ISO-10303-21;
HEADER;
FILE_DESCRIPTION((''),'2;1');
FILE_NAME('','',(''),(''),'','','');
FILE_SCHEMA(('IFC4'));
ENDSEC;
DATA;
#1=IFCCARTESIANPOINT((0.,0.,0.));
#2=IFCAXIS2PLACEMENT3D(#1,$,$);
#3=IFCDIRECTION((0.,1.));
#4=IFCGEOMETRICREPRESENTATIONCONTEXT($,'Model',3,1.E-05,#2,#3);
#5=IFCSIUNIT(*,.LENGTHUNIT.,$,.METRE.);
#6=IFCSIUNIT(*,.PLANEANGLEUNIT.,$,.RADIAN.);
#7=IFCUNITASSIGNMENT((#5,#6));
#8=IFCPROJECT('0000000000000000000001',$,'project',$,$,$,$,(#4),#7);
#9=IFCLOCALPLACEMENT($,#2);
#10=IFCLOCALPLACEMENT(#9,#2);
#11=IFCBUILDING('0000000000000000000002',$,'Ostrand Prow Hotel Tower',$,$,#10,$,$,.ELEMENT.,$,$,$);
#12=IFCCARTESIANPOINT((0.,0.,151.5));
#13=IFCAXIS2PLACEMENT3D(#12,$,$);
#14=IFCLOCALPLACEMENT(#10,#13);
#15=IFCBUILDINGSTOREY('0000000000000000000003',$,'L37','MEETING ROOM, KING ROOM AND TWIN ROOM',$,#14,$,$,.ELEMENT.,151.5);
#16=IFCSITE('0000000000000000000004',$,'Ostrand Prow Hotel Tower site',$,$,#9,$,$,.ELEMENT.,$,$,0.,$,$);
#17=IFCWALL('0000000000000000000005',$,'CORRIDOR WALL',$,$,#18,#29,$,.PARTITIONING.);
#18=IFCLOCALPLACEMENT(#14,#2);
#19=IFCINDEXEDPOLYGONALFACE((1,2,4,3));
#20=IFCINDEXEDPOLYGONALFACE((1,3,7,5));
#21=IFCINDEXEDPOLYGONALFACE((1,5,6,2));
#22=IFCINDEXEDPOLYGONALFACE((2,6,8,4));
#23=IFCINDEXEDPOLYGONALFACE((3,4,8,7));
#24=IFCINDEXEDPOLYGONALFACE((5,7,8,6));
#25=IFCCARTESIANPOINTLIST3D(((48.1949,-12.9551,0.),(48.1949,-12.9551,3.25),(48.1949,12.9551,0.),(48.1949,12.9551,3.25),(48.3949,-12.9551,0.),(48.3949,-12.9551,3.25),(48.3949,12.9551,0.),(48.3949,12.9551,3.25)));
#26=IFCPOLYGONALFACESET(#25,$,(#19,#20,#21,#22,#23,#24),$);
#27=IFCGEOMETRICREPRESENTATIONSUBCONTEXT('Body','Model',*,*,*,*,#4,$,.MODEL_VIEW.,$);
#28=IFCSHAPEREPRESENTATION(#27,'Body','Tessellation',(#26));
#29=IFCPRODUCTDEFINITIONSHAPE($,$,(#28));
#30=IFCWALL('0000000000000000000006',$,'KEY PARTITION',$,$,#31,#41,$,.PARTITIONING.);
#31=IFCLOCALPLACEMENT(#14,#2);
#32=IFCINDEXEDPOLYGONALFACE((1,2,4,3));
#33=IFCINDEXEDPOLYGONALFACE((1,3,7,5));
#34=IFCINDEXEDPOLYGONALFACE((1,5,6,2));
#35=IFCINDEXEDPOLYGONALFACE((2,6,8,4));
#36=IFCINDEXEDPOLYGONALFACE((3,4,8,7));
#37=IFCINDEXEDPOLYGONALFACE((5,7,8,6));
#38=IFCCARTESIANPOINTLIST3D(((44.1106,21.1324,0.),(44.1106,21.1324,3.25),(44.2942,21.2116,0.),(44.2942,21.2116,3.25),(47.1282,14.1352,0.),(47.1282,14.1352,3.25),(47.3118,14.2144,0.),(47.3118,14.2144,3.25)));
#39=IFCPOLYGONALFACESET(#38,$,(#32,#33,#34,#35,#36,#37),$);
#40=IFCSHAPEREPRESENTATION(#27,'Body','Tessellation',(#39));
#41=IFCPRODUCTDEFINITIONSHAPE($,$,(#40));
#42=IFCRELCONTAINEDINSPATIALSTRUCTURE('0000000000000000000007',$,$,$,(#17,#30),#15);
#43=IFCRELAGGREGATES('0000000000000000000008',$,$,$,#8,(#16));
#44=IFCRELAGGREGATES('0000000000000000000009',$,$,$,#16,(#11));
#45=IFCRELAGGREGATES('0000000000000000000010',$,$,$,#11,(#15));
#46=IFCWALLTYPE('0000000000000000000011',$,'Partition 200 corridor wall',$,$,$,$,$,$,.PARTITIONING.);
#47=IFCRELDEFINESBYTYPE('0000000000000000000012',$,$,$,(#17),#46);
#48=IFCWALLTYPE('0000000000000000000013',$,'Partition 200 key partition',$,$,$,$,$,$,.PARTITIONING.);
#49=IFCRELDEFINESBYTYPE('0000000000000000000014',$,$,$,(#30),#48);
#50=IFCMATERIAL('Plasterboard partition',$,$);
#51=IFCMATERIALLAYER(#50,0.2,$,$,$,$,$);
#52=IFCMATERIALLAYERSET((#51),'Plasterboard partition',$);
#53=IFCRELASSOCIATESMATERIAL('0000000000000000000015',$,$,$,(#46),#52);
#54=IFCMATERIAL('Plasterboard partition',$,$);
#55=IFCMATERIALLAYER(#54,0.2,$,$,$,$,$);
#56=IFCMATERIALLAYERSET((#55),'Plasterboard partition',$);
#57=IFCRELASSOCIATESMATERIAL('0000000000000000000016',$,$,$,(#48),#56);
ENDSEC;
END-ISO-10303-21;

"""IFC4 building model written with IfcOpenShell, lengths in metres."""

from ifc_helpers import new_model, si_unit, direction, frame, frame_2d, origin, place, context, subcontext, project, spatial, rectangle, extrude, material, layer, layer_set, type_object, element, save


model = new_model("IFC4")

# Units and contexts
model_context = context("Model", 3, precision=1e-05, world=origin(), true_north=direction((0.0, 1.0)))
body_context = subcontext(model_context, "Body", "Model", "MODEL_VIEW")
ifc_project = project(units=[si_unit("LENGTHUNIT", "METRE"), si_unit("PLANEANGLEUNIT", "RADIAN")], contexts=[model_context])

# Site, building, storey
site_placement = place(None, origin())
site = spatial("IfcSite", under=ifc_project, at=site_placement, Name="Ostrand Prow Hotel Tower site", CompositionType="ELEMENT", RefElevation=0.0)
building_placement = place(site_placement, origin())
building = spatial("IfcBuilding", under=site, at=building_placement, Name="Ostrand Prow Hotel Tower", CompositionType="ELEMENT")
storey_placement = place(building_placement, frame((0.0, 0.0, 151.5)))
storey = spatial("IfcBuildingStorey", under=building, at=storey_placement, Name="L37", Description="MEETING ROOM, KING ROOM AND TWIN ROOM", CompositionType="ELEMENT", Elevation=151.5)

# Walls
ifc_material_1 = material(Name="Plasterboard partition")
ifc_layer_1 = layer(ifc_material_1, 0.2)
ifc_layer_set_1 = layer_set([ifc_layer_1], Name="Plasterboard partition")
wall_type_1 = type_object("IfcWallType", Name="Partition 200 corridor wall", PredefinedType="PARTITIONING", material=ifc_layer_set_1)
wall_1_placement = place(storey_placement, frame((48.2949, 12.9551, 0.0), z_axis=(0.0, 0.0, 1.0), x_axis=(0.0, -1.0, 0.0)))
element("IfcWall", 1, at=wall_1_placement, inside=storey, type_object=wall_type_1, Name="CORRIDOR WALL", PredefinedType="PARTITIONING", context=body_context, shape_type="SweptSolid", body=[
    extrude(rectangle(XDim=25.9102, YDim=0.2, at=frame_2d((12.9551, 0.0))), origin(), (0.0, 0.0, 1.0), 3.25),
])
ifc_material_2 = material(Name="Plasterboard partition")
ifc_layer_2 = layer(ifc_material_2, 0.2)
ifc_layer_set_2 = layer_set([ifc_layer_2], Name="Plasterboard partition")
wall_type_2 = type_object("IfcWallType", Name="Partition 200 key partition", PredefinedType="PARTITIONING", material=ifc_layer_set_2)
wall_2_placement = place(storey_placement, frame((47.22, 14.1748, 0.0), z_axis=(0.0, 0.0, 1.0), x_axis=(-0.396006, 0.918248, 0.0)))
element("IfcWall", 2, at=wall_2_placement, inside=storey, type_object=wall_type_2, Name="KEY PARTITION", PredefinedType="PARTITIONING", context=body_context, shape_type="SweptSolid", body=[
    extrude(rectangle(XDim=7.6201, YDim=0.2, at=frame_2d((3.8101, 0.0))), origin(), (0.0, 0.0, 1.0), 3.25),
])

save(model, "model.ifc")
